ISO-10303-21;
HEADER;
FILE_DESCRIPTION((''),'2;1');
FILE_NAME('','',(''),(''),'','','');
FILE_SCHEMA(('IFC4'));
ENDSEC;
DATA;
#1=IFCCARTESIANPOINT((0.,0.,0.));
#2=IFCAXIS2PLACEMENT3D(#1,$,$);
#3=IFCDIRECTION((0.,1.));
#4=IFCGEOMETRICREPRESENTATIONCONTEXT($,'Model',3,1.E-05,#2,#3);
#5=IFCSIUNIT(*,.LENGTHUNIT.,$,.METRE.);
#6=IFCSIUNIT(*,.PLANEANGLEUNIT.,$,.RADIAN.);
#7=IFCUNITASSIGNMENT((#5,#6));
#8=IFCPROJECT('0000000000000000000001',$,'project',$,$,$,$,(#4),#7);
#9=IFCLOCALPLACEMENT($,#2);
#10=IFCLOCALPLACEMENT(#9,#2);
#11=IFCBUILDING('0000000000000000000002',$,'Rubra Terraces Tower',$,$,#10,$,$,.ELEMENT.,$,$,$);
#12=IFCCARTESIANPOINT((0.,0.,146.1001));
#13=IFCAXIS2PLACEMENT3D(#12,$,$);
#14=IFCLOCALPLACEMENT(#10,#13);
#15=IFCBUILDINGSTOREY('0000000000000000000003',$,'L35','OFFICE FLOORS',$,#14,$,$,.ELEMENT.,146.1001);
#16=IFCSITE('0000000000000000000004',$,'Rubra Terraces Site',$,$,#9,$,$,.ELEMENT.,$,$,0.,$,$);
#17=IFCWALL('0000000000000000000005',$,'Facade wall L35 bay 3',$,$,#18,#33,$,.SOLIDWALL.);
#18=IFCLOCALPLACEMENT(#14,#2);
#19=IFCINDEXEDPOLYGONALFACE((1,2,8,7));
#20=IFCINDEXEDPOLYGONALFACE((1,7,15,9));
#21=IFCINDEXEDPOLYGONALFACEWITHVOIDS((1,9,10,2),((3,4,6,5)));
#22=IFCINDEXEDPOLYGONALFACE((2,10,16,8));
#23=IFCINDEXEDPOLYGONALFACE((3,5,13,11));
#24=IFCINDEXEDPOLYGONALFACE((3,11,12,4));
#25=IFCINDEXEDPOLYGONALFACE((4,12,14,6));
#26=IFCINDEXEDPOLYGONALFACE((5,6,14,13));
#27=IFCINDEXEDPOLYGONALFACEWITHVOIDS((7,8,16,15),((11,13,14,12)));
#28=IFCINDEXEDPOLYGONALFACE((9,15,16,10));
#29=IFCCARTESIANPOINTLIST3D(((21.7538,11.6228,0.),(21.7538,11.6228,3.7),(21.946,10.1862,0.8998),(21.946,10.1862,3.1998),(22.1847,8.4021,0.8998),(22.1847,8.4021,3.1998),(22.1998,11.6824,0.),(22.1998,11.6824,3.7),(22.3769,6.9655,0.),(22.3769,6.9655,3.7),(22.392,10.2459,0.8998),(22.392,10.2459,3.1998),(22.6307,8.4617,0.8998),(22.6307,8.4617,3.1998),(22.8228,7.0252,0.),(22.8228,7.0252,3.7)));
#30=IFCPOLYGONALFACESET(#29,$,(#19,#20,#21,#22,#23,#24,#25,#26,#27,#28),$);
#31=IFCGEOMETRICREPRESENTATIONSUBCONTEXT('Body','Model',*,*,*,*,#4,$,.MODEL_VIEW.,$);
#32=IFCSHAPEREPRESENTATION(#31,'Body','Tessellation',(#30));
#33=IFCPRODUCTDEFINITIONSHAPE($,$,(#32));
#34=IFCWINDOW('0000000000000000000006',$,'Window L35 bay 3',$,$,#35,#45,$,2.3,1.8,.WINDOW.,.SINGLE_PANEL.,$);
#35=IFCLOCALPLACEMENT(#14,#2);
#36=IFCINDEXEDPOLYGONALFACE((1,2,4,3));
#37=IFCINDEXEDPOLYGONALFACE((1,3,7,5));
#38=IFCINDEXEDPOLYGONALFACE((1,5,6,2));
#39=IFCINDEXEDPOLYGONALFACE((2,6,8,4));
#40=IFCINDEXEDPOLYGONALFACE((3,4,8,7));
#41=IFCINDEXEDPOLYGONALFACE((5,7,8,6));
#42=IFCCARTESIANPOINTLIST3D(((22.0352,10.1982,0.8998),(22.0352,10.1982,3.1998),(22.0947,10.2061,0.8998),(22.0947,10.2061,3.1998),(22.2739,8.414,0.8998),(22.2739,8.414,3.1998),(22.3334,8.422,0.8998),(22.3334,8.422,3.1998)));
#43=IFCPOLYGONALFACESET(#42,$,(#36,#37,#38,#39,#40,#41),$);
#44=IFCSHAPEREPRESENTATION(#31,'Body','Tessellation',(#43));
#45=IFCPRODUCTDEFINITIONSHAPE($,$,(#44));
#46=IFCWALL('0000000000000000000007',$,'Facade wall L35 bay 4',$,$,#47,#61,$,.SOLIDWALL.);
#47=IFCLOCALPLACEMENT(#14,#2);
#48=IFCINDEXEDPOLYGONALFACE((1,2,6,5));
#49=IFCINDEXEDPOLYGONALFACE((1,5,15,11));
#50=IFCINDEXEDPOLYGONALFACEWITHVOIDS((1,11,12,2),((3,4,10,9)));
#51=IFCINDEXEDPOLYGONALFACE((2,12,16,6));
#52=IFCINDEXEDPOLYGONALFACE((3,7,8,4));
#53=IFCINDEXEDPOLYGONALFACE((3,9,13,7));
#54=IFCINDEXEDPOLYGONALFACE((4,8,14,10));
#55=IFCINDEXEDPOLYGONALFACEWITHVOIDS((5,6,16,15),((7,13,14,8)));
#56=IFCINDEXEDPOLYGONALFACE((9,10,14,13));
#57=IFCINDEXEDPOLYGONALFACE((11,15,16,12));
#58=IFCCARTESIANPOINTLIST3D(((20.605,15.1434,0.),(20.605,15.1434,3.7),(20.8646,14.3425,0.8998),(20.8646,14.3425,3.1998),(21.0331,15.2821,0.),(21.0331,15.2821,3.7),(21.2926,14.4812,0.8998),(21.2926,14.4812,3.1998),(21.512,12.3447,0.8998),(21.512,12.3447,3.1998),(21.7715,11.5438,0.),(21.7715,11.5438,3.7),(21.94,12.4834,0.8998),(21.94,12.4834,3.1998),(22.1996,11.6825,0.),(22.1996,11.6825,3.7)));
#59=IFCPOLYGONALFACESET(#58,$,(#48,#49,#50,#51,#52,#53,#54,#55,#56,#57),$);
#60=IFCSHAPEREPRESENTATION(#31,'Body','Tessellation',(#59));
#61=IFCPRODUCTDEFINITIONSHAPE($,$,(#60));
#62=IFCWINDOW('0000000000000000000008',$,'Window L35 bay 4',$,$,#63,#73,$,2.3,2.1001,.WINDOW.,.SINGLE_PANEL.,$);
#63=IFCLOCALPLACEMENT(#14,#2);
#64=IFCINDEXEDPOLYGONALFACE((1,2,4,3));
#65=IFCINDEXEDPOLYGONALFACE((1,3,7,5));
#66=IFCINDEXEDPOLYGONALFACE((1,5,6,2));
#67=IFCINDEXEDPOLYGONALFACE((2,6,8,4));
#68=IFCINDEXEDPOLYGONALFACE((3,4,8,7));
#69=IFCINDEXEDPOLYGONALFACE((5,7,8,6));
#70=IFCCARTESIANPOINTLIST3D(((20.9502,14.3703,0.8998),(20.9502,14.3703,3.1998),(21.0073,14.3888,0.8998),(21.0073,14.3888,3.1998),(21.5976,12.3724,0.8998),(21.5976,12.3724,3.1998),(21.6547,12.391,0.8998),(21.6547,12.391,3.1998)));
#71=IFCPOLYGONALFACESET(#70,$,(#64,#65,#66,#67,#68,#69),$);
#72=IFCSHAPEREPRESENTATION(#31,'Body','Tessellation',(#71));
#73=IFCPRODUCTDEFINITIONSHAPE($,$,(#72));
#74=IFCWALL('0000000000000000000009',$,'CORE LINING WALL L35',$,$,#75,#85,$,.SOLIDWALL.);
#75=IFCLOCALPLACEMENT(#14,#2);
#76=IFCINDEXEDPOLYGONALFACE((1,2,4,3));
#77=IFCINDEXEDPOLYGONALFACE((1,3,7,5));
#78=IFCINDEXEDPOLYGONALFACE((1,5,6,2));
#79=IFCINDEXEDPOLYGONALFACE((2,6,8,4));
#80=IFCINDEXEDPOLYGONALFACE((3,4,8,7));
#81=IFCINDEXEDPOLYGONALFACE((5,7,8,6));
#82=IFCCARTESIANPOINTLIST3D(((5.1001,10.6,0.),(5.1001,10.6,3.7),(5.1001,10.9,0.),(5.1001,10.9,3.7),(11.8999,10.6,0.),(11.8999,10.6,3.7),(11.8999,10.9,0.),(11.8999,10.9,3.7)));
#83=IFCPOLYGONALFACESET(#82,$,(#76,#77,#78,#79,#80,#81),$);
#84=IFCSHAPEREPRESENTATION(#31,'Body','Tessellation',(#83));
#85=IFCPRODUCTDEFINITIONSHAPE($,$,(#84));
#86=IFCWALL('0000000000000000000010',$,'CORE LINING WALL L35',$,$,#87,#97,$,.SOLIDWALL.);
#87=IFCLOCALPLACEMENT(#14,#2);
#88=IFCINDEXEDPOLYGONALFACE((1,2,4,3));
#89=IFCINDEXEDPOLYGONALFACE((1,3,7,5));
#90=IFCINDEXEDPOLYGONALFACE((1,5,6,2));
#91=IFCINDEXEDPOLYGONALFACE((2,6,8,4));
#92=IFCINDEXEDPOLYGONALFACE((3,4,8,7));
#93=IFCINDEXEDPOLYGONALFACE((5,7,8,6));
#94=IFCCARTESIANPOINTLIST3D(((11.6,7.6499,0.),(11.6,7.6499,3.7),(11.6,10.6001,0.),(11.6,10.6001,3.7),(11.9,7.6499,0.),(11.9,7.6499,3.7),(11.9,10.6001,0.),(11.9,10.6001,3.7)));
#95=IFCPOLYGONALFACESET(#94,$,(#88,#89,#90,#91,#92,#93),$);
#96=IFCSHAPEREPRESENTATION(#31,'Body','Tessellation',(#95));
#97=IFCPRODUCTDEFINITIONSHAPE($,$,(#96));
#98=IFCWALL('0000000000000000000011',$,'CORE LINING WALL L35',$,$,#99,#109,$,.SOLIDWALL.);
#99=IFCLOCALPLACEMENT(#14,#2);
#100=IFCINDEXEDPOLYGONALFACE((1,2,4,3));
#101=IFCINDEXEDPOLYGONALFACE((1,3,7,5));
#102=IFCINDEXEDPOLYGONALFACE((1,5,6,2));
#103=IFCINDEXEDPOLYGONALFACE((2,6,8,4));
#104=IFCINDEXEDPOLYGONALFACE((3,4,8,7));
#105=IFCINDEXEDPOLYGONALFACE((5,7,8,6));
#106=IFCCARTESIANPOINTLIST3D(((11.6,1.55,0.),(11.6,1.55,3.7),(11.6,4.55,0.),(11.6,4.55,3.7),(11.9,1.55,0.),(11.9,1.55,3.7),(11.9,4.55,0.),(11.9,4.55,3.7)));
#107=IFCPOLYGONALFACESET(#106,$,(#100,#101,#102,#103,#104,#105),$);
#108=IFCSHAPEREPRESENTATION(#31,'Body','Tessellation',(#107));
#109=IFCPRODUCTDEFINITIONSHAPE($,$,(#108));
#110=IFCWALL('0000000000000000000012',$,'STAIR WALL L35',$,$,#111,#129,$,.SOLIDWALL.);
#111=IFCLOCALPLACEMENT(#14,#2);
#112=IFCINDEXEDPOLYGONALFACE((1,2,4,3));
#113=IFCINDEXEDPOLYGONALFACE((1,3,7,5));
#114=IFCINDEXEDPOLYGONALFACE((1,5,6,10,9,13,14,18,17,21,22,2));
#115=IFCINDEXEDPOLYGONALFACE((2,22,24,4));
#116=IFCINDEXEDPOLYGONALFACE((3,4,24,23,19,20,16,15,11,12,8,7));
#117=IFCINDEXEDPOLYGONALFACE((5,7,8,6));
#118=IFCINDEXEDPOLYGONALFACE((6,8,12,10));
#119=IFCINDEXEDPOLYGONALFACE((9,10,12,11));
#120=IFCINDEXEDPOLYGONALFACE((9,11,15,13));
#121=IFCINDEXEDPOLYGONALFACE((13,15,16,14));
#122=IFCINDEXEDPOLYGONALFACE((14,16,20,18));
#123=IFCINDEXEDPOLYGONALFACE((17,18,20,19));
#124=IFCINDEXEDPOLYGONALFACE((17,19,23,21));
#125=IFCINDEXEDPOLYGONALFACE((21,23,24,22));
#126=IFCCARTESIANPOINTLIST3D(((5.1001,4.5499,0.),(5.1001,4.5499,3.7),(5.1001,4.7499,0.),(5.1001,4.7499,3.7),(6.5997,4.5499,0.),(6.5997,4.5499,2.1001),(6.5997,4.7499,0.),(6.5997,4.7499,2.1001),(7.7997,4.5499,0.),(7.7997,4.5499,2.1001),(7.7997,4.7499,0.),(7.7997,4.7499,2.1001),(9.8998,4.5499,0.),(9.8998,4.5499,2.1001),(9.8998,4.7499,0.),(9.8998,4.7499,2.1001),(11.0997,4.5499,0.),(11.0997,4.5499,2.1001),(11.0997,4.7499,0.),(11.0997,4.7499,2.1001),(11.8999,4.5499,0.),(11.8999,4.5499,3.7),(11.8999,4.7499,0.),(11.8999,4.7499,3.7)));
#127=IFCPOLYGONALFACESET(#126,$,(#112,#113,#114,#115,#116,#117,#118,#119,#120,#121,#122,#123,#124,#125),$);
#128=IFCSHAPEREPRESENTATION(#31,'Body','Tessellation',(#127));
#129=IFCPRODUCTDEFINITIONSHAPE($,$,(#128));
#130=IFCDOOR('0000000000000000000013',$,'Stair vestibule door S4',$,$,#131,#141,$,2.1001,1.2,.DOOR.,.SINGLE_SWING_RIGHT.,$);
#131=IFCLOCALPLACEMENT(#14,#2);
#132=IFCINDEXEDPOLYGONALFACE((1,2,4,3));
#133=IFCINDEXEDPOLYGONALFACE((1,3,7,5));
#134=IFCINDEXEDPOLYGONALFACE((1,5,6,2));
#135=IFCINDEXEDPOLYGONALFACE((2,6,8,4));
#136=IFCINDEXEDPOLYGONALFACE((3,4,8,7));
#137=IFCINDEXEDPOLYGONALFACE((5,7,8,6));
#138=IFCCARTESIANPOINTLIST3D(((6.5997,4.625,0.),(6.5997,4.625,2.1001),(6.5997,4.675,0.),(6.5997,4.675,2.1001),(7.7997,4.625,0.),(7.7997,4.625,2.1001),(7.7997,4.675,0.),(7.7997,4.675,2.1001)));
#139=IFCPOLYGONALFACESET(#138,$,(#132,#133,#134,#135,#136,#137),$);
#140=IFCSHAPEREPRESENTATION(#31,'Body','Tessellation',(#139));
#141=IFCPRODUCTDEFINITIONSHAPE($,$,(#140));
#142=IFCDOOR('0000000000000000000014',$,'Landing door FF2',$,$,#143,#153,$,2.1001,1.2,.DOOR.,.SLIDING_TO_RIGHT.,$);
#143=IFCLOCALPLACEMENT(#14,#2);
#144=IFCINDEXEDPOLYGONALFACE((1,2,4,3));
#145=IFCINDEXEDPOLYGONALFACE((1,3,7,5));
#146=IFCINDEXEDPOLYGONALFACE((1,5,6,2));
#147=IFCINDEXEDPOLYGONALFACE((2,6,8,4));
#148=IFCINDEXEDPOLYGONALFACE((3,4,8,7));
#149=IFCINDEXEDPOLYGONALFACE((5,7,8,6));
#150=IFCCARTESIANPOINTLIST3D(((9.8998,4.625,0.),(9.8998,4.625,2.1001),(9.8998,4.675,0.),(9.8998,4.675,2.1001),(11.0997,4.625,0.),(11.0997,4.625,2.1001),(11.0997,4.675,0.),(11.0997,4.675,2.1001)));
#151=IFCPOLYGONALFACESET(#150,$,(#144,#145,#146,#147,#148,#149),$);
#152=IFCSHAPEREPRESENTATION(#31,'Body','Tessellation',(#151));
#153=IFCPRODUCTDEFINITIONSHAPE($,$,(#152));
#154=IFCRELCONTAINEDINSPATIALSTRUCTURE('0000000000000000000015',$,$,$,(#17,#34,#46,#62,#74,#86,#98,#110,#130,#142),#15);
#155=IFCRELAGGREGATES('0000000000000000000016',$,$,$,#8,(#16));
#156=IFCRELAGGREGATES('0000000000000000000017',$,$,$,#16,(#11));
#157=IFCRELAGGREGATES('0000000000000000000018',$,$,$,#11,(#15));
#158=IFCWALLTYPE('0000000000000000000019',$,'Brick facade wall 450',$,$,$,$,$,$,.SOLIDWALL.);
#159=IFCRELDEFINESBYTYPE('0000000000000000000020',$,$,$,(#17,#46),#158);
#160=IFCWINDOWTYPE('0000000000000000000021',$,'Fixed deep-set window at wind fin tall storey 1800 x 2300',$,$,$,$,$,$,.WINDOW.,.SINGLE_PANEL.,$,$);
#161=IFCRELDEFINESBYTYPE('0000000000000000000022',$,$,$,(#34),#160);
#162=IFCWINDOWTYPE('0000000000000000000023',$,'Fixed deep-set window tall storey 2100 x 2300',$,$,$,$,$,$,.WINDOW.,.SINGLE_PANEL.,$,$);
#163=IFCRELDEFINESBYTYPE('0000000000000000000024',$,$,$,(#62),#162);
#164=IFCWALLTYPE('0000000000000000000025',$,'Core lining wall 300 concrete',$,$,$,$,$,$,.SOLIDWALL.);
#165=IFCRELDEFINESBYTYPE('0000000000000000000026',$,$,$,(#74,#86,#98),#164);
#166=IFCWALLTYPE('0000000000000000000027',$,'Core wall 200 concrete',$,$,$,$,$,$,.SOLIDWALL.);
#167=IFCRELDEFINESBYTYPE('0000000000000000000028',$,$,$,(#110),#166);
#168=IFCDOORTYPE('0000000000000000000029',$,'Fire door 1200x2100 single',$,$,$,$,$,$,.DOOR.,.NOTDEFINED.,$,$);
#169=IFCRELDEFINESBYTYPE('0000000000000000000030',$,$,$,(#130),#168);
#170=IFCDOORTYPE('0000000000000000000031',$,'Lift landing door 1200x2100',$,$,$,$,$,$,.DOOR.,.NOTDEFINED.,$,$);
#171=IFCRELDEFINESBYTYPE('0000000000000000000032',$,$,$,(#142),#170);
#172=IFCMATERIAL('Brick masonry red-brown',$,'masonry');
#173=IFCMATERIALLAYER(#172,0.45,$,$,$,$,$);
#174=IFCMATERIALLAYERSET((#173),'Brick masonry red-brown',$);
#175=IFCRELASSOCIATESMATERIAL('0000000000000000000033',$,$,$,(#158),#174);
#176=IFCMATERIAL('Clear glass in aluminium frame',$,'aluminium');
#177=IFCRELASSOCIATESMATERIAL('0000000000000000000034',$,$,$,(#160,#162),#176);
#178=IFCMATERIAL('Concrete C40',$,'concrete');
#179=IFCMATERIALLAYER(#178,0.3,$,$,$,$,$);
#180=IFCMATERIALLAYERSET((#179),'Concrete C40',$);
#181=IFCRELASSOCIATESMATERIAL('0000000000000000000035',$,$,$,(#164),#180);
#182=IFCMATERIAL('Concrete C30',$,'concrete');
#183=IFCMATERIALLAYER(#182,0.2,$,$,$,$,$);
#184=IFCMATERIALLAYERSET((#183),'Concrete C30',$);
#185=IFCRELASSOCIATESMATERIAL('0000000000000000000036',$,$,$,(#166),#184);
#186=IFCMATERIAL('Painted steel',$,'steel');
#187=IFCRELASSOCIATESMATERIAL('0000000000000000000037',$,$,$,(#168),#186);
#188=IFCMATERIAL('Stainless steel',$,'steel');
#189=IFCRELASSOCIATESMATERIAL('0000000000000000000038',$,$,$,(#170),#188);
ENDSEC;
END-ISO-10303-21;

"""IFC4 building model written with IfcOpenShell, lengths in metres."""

from ifc_helpers import new_model, si_unit, direction, frame, frame_2d, origin, place, context, subcontext, project, spatial, rectangle, extrude, material, layer, layer_set, type_object, element, fill, save


model = new_model("IFC4")

# Units and contexts
model_context = context("Model", 3, precision=1e-05, world=origin(), true_north=direction((0.0, 1.0)))
body_context = subcontext(model_context, "Body", "Model", "MODEL_VIEW")
ifc_project = project(units=[si_unit("LENGTHUNIT", "METRE"), si_unit("PLANEANGLEUNIT", "RADIAN")], contexts=[model_context])

# Site, building, storey
site_placement = place(None, origin())
site = spatial("IfcSite", under=ifc_project, at=site_placement, Name="Rubra Terraces Site", CompositionType="ELEMENT", RefElevation=0.0)
building_placement = place(site_placement, origin())
building = spatial("IfcBuilding", under=site, at=building_placement, Name="Rubra Terraces Tower", CompositionType="ELEMENT")
storey_placement = place(building_placement, frame((0.0, 0.0, 146.1001)))
storey = spatial("IfcBuildingStorey", under=building, at=storey_placement, Name="L35", Description="OFFICE FLOORS", CompositionType="ELEMENT", Elevation=146.1001)

# Walls, openings, windows
ifc_material_1 = material(Name="Brick masonry red-brown", Category="masonry")
ifc_layer_1 = layer(ifc_material_1, 0.45)
ifc_layer_set_1 = layer_set([ifc_layer_1], Name="Brick masonry red-brown")
wall_type_1 = type_object("IfcWallType", Name="Brick facade wall 450", PredefinedType="SOLIDWALL", material=ifc_layer_set_1)
wall_1_placement = place(storey_placement, frame((22.5999, 6.9954, 0.0), z_axis=(0.0, 0.0, 1.0), x_axis=(-0.132599, 0.99117, 0.0)))
wall_1 = element("IfcWall", 1, at=wall_1_placement, inside=storey, type_object=wall_type_1, Name="Facade wall L35 bay 3", PredefinedType="SOLIDWALL", context=body_context, shape_type="SweptSolid", body=[
    extrude(rectangle(XDim=4.6987, YDim=0.45, at=frame_2d((2.3494, 0.0))), origin(), (0.0, 0.0, 1.0), 3.7),
])
opening_1_placement = place(wall_1_placement, frame((1.4495, 0.0, 0.8999)))
opening_1 = element("IfcOpeningElement", 2, at=opening_1_placement, cuts=wall_1, PredefinedType="OPENING", context=body_context, shape_type="SweptSolid", body=[
    extrude(rectangle(XDim=1.8, YDim=2.3, at=frame_2d((0.8999, 1.1499))), frame((0.0, 0.2349, 0.0), z_axis=(0.0, -1.0, 0.0), x_axis=(1.0, 0.0, 0.0)), (0.0, 0.0, 1.0), 0.47),
])
ifc_material_2 = material(Name="Clear glass in aluminium frame", Category="aluminium")
window_type_1 = type_object("IfcWindowType", Name="Fixed deep-set window at wind fin tall storey 1800 x 2300", PartitioningType="SINGLE_PANEL", PredefinedType="WINDOW", material=ifc_material_2)
window_1_placement = place(opening_1_placement, origin())
window_1 = element("IfcWindow", 3, at=window_1_placement, inside=storey, type_object=window_type_1, Name="Window L35 bay 3", OverallHeight=2.3, OverallWidth=1.8, PartitioningType="SINGLE_PANEL", PredefinedType="WINDOW", context=body_context, shape_type="SweptSolid", body=[
    extrude(rectangle(XDim=1.8, YDim=2.3, at=frame_2d((0.8999, 1.1499))), frame((0.0, 0.135, 0.0), z_axis=(0.0, -1.0, 0.0), x_axis=(1.0, 0.0, 0.0)), (0.0, 0.0, 1.0), 0.0601),
])
fill(opening_1, window_1)
wall_2_placement = place(storey_placement, frame((21.9856, 11.613, 0.0), z_axis=(0.0, 0.0, 1.0), x_axis=(-0.308281, 0.951295, 0.0)))
wall_2 = element("IfcWall", 4, at=wall_2_placement, inside=storey, type_object=wall_type_1, Name="Facade wall L35 bay 4", PredefinedType="SOLIDWALL", context=body_context, shape_type="SweptSolid", body=[
    extrude(rectangle(XDim=3.7839, YDim=0.45, at=frame_2d((1.8921, 0.0))), origin(), (0.0, 0.0, 1.0), 3.7),
])
opening_2_placement = place(wall_2_placement, frame((0.842, 0.0, 0.8999)))
opening_2 = element("IfcOpeningElement", 5, at=opening_2_placement, cuts=wall_2, PredefinedType="OPENING", context=body_context, shape_type="SweptSolid", body=[
    extrude(rectangle(XDim=2.1001, YDim=2.3, at=frame_2d((1.05, 1.1499))), frame((0.0, 0.2349, 0.0), z_axis=(0.0, -1.0, 0.0), x_axis=(1.0, 0.0, 0.0)), (0.0, 0.0, 1.0), 0.47),
])
window_type_2 = type_object("IfcWindowType", Name="Fixed deep-set window tall storey 2100 x 2300", PartitioningType="SINGLE_PANEL", PredefinedType="WINDOW", material=ifc_material_2)
window_2_placement = place(opening_2_placement, origin())
window_2 = element("IfcWindow", 6, at=window_2_placement, inside=storey, type_object=window_type_2, Name="Window L35 bay 4", OverallHeight=2.3, OverallWidth=2.1001, PartitioningType="SINGLE_PANEL", PredefinedType="WINDOW", context=body_context, shape_type="SweptSolid", body=[
    extrude(rectangle(XDim=2.1001, YDim=2.3, at=frame_2d((1.05, 1.1499))), frame((0.0, 0.135, 0.0), z_axis=(0.0, -1.0, 0.0), x_axis=(1.0, 0.0, 0.0)), (0.0, 0.0, 1.0), 0.0601),
])
fill(opening_2, window_2)

# Walls
ifc_material_3 = material(Name="Concrete C40", Category="concrete")
ifc_layer_2 = layer(ifc_material_3, 0.3)
ifc_layer_set_2 = layer_set([ifc_layer_2], Name="Concrete C40")
wall_type_2 = type_object("IfcWallType", Name="Core lining wall 300 concrete", PredefinedType="SOLIDWALL", material=ifc_layer_set_2)
wall_3_placement = place(storey_placement, frame((11.8999, 10.75, 0.0), z_axis=(0.0, 0.0, 1.0), x_axis=(-1.0, 0.0, 0.0)))
element("IfcWall", 7, at=wall_3_placement, inside=storey, type_object=wall_type_2, Name="CORE LINING WALL L35", PredefinedType="SOLIDWALL", context=body_context, shape_type="SweptSolid", body=[
    extrude(rectangle(XDim=6.7998, YDim=0.3, at=frame_2d((3.3999, 0.0))), origin(), (0.0, 0.0, 1.0), 3.7),
])
wall_4_placement = place(storey_placement, frame((11.75, 10.6001, 0.0), z_axis=(0.0, 0.0, 1.0), x_axis=(0.0, -1.0, 0.0)))
element("IfcWall", 8, at=wall_4_placement, inside=storey, type_object=wall_type_2, Name="CORE LINING WALL L35", PredefinedType="SOLIDWALL", context=body_context, shape_type="SweptSolid", body=[
    extrude(rectangle(XDim=2.9502, YDim=0.3, at=frame_2d((1.4751, 0.0))), origin(), (0.0, 0.0, 1.0), 3.7),
])
wall_5_placement = place(storey_placement, frame((11.75, 4.55, 0.0), z_axis=(0.0, 0.0, 1.0), x_axis=(0.0, -1.0, 0.0)))
element("IfcWall", 9, at=wall_5_placement, inside=storey, type_object=wall_type_2, Name="CORE LINING WALL L35", PredefinedType="SOLIDWALL", context=body_context, shape_type="SweptSolid", body=[
    extrude(rectangle(XDim=3.0, YDim=0.3, at=frame_2d((1.5, 0.0))), origin(), (0.0, 0.0, 1.0), 3.7),
])

# Wall, openings, doors
ifc_material_4 = material(Name="Concrete C30", Category="concrete")
ifc_layer_3 = layer(ifc_material_4, 0.2)
ifc_layer_set_3 = layer_set([ifc_layer_3], Name="Concrete C30")
wall_type_3 = type_object("IfcWallType", Name="Core wall 200 concrete", PredefinedType="SOLIDWALL", material=ifc_layer_set_3)
wall_6_placement = place(storey_placement, frame((11.8999, 4.6499, 0.0), z_axis=(0.0, 0.0, 1.0), x_axis=(-1.0, 0.0, 0.0)))
wall_6 = element("IfcWall", 10, at=wall_6_placement, inside=storey, type_object=wall_type_3, Name="STAIR WALL L35", PredefinedType="SOLIDWALL", context=body_context, shape_type="SweptSolid", body=[
    extrude(rectangle(XDim=6.7998, YDim=0.2, at=frame_2d((3.3999, 0.0))), origin(), (0.0, 0.0, 1.0), 3.7),
])
opening_3_placement = place(wall_6_placement, frame((4.1001, 0.0, 0.0)))
opening_3 = element("IfcOpeningElement", 11, at=opening_3_placement, cuts=wall_6, PredefinedType="OPENING", context=body_context, shape_type="SweptSolid", body=[
    extrude(rectangle(XDim=1.2, YDim=2.1001, at=frame_2d((0.6001, 1.05))), frame((0.0, 0.1099, 0.0), z_axis=(0.0, -1.0, 0.0), x_axis=(1.0, 0.0, 0.0)), (0.0, 0.0, 1.0), 0.22),
])
opening_4_placement = place(wall_6_placement, frame((0.8, 0.0, 0.0)))
opening_4 = element("IfcOpeningElement", 12, at=opening_4_placement, cuts=wall_6, PredefinedType="OPENING", context=body_context, shape_type="SweptSolid", body=[
    extrude(rectangle(XDim=1.2, YDim=2.1001, at=frame_2d((0.6001, 1.05))), frame((0.0, 0.1099, 0.0), z_axis=(0.0, -1.0, 0.0), x_axis=(1.0, 0.0, 0.0)), (0.0, 0.0, 1.0), 0.22),
])
ifc_material_5 = material(Name="Painted steel", Category="steel")
door_type_1 = type_object("IfcDoorType", Name="Fire door 1200x2100 single", OperationType="NOTDEFINED", PredefinedType="DOOR", material=ifc_material_5)
door_1_placement = place(opening_3_placement, origin())
door_1 = element("IfcDoor", 13, at=door_1_placement, inside=storey, type_object=door_type_1, Name="Stair vestibule door S4", OperationType="SINGLE_SWING_RIGHT", OverallHeight=2.1001, OverallWidth=1.2, PredefinedType="DOOR", context=body_context, shape_type="SweptSolid", body=[
    extrude(rectangle(XDim=1.2, YDim=2.1001, at=frame_2d((0.6001, 1.05))), frame((0.0, 0.0249, 0.0), z_axis=(0.0, -1.0, 0.0), x_axis=(1.0, 0.0, 0.0)), (0.0, 0.0, 1.0), 0.05),
])
fill(opening_3, door_1)
ifc_material_6 = material(Name="Stainless steel", Category="steel")
door_type_2 = type_object("IfcDoorType", Name="Lift landing door 1200x2100", OperationType="NOTDEFINED", PredefinedType="DOOR", material=ifc_material_6)
door_2_placement = place(opening_4_placement, origin())
door_2 = element("IfcDoor", 14, at=door_2_placement, inside=storey, type_object=door_type_2, Name="Landing door FF2", OperationType="SLIDING_TO_RIGHT", OverallHeight=2.1001, OverallWidth=1.2, PredefinedType="DOOR", context=body_context, shape_type="SweptSolid", body=[
    extrude(rectangle(XDim=1.2, YDim=2.1001, at=frame_2d((0.6001, 1.05))), frame((0.0, 0.0249, 0.0), z_axis=(0.0, -1.0, 0.0), x_axis=(1.0, 0.0, 0.0)), (0.0, 0.0, 1.0), 0.05),
])
fill(opening_4, door_2)

save(model, "model.ifc")
